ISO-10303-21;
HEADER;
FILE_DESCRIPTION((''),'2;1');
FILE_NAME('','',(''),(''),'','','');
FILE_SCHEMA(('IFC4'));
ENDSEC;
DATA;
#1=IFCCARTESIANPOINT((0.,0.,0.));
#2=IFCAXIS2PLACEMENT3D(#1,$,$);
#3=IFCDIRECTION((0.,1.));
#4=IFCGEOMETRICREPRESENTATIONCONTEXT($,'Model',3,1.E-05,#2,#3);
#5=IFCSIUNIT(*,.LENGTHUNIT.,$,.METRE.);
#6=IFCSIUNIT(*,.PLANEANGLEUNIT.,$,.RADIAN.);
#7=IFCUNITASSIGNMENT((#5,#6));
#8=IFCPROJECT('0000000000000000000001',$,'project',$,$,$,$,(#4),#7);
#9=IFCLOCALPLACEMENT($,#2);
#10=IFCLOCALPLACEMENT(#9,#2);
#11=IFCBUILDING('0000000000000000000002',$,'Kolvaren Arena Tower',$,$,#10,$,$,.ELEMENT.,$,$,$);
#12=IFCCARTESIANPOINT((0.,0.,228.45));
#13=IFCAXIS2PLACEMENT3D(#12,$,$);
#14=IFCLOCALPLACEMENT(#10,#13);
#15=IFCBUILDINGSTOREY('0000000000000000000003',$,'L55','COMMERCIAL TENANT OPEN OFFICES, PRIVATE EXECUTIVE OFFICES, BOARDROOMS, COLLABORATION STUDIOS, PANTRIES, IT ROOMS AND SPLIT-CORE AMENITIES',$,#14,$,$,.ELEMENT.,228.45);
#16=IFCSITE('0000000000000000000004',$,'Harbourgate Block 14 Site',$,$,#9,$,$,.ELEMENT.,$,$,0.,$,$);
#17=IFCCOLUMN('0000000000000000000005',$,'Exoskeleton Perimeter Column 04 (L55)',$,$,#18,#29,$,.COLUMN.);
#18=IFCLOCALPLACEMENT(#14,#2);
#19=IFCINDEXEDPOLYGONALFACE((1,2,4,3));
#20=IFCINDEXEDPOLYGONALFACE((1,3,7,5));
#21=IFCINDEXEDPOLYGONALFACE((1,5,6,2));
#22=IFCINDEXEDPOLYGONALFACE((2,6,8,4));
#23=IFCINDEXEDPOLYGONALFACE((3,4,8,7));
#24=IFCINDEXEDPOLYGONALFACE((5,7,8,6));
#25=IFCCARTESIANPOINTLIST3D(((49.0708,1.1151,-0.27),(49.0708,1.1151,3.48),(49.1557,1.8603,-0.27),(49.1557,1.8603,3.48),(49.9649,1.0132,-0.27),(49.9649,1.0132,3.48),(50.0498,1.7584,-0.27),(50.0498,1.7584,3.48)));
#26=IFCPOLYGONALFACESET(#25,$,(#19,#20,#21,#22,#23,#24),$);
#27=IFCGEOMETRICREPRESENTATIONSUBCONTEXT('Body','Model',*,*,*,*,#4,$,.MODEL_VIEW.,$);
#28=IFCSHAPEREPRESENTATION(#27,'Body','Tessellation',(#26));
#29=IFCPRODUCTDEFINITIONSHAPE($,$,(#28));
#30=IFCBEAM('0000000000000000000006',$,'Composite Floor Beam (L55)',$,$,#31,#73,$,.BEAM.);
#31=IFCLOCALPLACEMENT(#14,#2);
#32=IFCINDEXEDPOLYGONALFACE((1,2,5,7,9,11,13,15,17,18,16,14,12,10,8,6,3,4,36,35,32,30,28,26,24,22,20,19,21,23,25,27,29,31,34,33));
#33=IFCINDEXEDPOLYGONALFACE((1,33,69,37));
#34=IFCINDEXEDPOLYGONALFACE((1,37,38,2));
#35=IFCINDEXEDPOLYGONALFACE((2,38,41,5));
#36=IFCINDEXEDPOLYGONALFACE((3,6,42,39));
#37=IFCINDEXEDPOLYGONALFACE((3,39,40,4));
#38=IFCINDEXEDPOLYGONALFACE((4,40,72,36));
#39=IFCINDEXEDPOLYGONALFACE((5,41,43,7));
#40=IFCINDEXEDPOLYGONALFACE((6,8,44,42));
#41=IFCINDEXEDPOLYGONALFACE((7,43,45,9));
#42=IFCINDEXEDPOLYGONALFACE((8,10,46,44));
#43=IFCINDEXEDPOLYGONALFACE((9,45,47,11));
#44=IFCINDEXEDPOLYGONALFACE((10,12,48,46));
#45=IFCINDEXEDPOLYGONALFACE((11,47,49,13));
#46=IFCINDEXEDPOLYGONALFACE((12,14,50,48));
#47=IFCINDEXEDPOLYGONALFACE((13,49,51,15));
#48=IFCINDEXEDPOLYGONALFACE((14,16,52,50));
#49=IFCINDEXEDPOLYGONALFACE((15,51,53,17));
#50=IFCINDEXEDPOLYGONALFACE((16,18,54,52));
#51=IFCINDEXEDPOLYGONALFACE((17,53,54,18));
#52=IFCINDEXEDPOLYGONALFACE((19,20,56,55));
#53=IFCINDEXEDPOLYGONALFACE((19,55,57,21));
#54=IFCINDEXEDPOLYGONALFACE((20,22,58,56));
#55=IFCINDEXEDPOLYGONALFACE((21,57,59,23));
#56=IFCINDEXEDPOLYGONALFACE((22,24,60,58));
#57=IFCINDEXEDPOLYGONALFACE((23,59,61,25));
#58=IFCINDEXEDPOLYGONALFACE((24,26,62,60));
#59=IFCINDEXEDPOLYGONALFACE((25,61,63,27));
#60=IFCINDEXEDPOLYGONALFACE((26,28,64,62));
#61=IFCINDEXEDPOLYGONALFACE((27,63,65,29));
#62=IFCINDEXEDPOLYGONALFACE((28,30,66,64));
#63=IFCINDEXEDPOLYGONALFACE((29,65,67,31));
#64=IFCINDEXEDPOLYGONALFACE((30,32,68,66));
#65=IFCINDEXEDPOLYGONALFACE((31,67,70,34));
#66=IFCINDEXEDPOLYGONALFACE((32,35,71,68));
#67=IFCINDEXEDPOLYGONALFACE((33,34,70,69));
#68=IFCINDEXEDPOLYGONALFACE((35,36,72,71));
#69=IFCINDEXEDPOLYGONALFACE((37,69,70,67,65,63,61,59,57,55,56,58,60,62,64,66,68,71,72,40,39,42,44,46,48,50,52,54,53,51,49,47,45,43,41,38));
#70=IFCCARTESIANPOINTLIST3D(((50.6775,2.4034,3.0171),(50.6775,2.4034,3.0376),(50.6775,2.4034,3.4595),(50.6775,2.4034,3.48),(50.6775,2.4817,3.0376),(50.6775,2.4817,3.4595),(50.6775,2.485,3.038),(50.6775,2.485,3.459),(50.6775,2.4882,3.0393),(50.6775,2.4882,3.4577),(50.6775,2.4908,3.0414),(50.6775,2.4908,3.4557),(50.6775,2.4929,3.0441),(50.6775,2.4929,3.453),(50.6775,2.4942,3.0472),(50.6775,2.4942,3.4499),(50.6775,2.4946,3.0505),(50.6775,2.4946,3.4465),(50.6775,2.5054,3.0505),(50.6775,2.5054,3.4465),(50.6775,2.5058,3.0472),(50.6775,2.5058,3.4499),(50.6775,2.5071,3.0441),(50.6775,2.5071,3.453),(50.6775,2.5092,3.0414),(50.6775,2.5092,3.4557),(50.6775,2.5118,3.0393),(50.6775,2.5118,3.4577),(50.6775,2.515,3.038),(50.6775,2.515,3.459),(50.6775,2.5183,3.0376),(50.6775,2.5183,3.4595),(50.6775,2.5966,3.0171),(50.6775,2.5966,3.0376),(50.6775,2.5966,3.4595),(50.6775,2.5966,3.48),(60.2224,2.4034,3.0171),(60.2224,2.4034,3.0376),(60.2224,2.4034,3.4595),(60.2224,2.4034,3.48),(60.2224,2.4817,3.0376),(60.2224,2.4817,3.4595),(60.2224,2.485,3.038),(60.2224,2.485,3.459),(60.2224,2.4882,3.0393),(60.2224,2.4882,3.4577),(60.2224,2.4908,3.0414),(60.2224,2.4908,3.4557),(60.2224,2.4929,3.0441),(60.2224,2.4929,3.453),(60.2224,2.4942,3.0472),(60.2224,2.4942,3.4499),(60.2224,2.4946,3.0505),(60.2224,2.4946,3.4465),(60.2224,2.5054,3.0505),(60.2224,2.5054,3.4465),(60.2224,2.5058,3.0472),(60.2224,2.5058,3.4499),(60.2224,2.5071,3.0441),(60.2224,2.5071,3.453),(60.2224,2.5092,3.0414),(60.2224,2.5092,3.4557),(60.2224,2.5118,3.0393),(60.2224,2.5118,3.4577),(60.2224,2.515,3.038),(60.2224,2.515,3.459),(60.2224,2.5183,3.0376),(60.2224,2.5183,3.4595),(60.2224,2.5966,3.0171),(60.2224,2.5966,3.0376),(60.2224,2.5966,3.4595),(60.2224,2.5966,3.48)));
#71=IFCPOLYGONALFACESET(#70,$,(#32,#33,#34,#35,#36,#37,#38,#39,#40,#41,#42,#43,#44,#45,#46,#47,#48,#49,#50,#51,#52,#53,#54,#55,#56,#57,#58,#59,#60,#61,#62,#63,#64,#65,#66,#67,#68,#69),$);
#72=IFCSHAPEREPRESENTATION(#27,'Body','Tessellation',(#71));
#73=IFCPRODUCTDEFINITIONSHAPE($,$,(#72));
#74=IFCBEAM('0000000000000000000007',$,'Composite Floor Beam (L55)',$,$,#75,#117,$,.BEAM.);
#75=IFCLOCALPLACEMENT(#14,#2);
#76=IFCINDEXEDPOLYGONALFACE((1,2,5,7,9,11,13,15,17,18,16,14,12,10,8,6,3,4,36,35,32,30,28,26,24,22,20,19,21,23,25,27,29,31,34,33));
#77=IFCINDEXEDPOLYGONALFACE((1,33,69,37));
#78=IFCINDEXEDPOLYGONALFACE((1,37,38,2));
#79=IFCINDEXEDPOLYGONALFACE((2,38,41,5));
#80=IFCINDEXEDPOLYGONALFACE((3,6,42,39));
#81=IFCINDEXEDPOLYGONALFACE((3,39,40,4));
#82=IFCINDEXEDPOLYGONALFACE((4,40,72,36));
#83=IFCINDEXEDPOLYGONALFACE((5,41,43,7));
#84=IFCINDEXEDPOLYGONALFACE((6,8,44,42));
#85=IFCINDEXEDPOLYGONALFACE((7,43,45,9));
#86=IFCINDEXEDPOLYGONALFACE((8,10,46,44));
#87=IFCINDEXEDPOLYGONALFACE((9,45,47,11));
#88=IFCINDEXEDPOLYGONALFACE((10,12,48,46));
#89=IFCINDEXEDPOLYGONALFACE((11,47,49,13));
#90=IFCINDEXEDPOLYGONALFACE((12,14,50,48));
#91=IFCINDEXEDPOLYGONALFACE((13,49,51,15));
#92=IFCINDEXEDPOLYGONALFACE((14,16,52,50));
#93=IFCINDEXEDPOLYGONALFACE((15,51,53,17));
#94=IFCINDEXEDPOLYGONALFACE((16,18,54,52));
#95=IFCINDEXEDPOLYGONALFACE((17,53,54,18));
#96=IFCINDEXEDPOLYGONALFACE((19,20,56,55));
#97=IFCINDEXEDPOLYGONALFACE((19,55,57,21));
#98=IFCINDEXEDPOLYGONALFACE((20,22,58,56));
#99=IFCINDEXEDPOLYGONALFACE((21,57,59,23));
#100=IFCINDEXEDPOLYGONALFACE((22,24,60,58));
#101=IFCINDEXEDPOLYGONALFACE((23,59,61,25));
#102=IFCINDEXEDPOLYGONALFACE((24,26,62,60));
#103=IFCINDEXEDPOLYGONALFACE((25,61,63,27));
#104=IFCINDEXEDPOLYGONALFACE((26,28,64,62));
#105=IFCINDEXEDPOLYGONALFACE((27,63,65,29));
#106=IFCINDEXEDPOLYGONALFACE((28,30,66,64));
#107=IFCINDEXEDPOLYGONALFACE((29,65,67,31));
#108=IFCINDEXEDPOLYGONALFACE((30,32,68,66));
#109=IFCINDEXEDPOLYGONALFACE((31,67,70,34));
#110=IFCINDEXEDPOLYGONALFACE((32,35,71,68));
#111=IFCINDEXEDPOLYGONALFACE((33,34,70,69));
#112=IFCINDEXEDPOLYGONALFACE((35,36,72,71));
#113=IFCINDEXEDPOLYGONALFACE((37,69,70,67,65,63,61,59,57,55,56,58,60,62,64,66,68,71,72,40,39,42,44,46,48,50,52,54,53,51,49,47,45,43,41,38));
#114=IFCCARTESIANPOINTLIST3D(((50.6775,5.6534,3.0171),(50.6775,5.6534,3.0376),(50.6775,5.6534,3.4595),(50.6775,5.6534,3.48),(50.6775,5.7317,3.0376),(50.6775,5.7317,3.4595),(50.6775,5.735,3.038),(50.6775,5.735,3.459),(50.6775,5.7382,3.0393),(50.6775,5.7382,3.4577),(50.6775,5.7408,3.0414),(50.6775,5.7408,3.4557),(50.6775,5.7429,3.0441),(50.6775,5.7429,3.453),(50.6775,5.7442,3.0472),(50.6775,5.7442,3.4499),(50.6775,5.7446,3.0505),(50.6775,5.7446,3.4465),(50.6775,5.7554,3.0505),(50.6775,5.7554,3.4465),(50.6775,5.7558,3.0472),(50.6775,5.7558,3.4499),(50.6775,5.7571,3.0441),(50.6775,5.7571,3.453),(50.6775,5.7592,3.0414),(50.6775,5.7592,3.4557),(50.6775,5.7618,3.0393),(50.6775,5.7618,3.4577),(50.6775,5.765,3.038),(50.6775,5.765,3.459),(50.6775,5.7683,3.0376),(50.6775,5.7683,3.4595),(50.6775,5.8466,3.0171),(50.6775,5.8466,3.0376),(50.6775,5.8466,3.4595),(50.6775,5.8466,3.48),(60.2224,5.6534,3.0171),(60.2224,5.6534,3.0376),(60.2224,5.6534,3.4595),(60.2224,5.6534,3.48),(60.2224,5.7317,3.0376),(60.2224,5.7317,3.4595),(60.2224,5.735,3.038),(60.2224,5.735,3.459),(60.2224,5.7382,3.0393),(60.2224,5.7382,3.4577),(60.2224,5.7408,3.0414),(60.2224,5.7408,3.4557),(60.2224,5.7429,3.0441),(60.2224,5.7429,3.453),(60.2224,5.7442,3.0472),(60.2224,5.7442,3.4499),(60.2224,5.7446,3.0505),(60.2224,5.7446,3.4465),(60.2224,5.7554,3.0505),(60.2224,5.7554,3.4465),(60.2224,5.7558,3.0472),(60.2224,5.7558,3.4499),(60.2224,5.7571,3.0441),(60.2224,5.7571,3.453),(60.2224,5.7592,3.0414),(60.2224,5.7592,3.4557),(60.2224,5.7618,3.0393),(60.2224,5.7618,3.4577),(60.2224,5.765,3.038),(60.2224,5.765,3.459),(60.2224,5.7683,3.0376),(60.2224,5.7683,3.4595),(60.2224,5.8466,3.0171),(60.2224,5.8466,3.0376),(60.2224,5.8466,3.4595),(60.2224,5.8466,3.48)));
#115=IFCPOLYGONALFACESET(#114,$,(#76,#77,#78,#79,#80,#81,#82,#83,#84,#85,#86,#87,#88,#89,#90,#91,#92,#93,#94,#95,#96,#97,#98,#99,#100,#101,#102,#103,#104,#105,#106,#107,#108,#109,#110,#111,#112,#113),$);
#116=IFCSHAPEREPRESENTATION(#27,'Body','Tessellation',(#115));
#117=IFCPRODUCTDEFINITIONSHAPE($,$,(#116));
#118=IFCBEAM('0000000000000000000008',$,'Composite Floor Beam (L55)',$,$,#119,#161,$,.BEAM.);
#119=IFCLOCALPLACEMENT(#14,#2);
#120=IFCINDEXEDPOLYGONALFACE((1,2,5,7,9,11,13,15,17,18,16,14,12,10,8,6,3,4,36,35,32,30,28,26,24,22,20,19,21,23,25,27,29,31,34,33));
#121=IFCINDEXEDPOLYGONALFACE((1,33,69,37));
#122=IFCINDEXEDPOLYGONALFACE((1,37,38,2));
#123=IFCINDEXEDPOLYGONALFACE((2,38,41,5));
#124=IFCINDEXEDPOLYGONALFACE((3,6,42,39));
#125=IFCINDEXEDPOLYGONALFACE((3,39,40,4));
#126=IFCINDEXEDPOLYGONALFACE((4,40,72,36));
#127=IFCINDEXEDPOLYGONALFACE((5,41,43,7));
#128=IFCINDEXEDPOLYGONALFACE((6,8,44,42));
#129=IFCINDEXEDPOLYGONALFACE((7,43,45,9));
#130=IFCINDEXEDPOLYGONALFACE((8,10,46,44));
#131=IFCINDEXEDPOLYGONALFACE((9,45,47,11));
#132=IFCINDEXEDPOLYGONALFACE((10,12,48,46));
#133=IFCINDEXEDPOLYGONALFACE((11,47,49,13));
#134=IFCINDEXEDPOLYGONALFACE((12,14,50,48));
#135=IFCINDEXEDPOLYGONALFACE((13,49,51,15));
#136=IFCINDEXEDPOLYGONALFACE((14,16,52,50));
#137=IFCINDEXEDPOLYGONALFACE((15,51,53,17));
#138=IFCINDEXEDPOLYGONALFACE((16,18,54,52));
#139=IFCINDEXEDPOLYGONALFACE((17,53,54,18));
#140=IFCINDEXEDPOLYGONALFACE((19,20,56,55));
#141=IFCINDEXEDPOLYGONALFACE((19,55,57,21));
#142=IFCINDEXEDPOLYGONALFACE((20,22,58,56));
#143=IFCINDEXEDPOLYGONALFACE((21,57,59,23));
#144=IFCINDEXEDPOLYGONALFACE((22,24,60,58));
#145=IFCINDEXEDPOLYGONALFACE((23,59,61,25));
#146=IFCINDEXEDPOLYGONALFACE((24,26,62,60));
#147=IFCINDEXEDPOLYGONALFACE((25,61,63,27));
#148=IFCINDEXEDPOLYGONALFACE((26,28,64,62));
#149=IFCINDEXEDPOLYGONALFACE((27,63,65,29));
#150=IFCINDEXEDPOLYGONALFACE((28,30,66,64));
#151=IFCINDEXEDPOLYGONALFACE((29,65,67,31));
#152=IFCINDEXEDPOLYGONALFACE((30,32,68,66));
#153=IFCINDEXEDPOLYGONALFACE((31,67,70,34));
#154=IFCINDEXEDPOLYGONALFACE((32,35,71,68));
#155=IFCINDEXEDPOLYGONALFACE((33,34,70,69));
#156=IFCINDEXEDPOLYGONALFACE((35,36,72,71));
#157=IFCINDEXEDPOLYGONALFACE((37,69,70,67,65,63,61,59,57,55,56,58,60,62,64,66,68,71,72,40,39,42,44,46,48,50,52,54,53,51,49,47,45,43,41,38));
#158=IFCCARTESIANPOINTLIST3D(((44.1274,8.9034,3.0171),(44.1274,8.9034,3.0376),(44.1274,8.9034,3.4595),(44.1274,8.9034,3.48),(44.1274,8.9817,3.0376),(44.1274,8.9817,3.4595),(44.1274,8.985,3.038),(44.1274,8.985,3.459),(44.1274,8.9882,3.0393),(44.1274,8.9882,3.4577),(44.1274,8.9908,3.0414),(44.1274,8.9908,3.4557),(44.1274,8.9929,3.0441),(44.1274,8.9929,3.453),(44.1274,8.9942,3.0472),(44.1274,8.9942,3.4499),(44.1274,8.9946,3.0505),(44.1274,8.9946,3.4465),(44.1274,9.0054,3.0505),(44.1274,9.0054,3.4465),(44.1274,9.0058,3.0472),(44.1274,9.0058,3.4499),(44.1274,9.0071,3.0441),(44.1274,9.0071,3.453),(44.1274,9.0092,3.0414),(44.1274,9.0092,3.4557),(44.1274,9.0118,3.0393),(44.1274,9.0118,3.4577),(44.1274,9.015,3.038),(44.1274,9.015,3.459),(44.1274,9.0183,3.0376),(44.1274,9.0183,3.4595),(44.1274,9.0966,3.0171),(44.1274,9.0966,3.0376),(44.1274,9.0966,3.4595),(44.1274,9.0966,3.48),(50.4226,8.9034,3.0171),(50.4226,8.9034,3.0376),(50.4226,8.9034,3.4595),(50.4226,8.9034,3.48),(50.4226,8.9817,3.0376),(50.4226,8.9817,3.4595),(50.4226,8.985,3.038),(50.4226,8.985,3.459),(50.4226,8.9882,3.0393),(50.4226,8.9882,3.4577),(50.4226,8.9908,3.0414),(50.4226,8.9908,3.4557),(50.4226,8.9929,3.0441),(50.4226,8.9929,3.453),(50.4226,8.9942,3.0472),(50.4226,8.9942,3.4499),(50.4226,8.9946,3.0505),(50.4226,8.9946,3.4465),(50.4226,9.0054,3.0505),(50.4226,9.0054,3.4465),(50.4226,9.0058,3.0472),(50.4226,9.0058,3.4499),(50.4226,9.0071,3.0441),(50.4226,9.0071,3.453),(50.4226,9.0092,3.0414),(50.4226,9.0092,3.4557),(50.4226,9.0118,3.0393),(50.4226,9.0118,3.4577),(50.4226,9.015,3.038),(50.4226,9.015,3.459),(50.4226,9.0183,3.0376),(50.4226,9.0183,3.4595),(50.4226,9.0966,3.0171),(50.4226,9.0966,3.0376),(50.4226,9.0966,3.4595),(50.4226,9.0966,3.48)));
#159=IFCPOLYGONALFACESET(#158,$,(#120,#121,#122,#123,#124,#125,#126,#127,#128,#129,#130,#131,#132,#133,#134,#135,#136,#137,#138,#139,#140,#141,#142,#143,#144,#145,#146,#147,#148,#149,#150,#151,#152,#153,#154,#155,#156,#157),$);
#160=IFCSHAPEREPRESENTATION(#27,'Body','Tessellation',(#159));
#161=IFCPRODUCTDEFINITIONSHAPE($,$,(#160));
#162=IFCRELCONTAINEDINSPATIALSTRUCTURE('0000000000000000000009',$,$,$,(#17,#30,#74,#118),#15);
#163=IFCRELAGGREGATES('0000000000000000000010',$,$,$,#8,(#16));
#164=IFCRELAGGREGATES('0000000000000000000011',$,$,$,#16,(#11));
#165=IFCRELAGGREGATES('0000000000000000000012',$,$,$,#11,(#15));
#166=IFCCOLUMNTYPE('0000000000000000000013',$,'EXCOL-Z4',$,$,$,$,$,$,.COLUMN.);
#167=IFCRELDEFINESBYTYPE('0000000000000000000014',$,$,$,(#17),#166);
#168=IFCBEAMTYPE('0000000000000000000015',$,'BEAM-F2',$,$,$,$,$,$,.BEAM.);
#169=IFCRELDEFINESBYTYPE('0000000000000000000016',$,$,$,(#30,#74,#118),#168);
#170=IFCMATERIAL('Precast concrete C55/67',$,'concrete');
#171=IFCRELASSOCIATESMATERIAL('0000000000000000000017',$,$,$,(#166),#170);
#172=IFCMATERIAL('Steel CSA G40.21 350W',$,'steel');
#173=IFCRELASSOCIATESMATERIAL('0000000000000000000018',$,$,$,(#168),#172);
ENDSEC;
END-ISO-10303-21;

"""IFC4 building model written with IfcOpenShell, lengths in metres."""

from ifc_helpers import new_model, si_unit, direction, frame, origin, origin_2d, place, context, subcontext, project, spatial, rectangle, i_section, extrude, material, material_profile, profile_set, type_object, element, save


model = new_model("IFC4")

# Units and contexts
model_context = context("Model", 3, precision=1e-05, world=origin(), true_north=direction((0.0, 1.0)))
body_context = subcontext(model_context, "Body", "Model", "MODEL_VIEW")
ifc_project = project(units=[si_unit("LENGTHUNIT", "METRE"), si_unit("PLANEANGLEUNIT", "RADIAN")], contexts=[model_context])

# Site, building, storey
site_placement = place(None, origin())
site = spatial("IfcSite", under=ifc_project, at=site_placement, Name="Harbourgate Block 14 Site", CompositionType="ELEMENT", RefElevation=0.0)
building_placement = place(site_placement, origin())
building = spatial("IfcBuilding", under=site, at=building_placement, Name="Kolvaren Arena Tower", CompositionType="ELEMENT")
storey_placement = place(building_placement, frame((0.0, 0.0, 228.45)))
storey = spatial("IfcBuildingStorey", under=building, at=storey_placement, Name="L55", Description="COMMERCIAL TENANT OPEN OFFICES, PRIVATE EXECUTIVE OFFICES, BOARDROOMS, COLLABORATION STUDIOS, PANTRIES, IT ROOMS AND SPLIT-CORE AMENITIES", CompositionType="ELEMENT", Elevation=228.45)

# Column
ifc_material_1 = material(Name="Precast concrete C55/67", Category="concrete")
ifc_material_profile_1 = material_profile(ifc_material_1, rectangle(XDim=0.8999, YDim=0.75, at=origin_2d()), Name="RC-900x750")
ifc_profile_set_1 = profile_set([ifc_material_profile_1], Name="Precast concrete C55/67")
column_type = type_object("IfcColumnType", Name="EXCOL-Z4", PredefinedType="COLUMN", material=ifc_profile_set_1)
column_placement = place(storey_placement, frame((49.5603, 1.4368, -0.27), z_axis=(0.0, 0.0, 1.0), x_axis=(0.993572, -0.113203, 0.0)))
element("IfcColumn", 1, at=column_placement, inside=storey, type_object=column_type, Name="Exoskeleton Perimeter Column 04 (L55)", PredefinedType="COLUMN", context=body_context, shape_type="SweptSolid", body=[
    extrude(rectangle(XDim=0.8999, YDim=0.75, at=origin_2d()), origin(), (0.0, 0.0, 1.0), 3.75),
])

# Beams
ifc_material_2 = material(Name="Steel CSA G40.21 350W", Category="steel")
ifc_material_profile_2 = material_profile(ifc_material_2, i_section(OverallWidth=0.1931, OverallDepth=0.4629, WebThickness=0.0107, FlangeThickness=0.0205, FilletRadius=0.0129, at=origin_2d()), Name="W460x113")
ifc_profile_set_2 = profile_set([ifc_material_profile_2], Name="Steel CSA G40.21 350W")
beam_type_1 = type_object("IfcBeamType", Name="BEAM-F2", PredefinedType="BEAM", material=ifc_profile_set_2)
for number, where, z_axis, x_axis, name in (
    (2, (50.6775, 2.5, 3.2485), (1.0, 0.0, 0.0), (0.0, 1.0, 0.0), "Composite Floor Beam (L55)"),
    (3, (50.6775, 5.75, 3.2485), (1.0, 0.0, 0.0), (0.0, 1.0, 0.0), "Composite Floor Beam (L55)"),
):
    element("IfcBeam", number, at=place(storey_placement, frame(where, z_axis=z_axis, x_axis=x_axis)), inside=storey, type_object=beam_type_1, Name=name, PredefinedType="BEAM", context=body_context, shape_type="SweptSolid", body=[
        extrude(i_section(OverallWidth=0.1931, OverallDepth=0.4629, WebThickness=0.0107, FlangeThickness=0.0205, FilletRadius=0.0129, at=origin_2d()), origin(), (0.0, 0.0, 1.0), 9.5449),
    ])
beam_1_placement = place(storey_placement, frame((44.1274, 9.0, 3.2485), z_axis=(1.0, 0.0, 0.0), x_axis=(0.0, 1.0, 0.0)))
element("IfcBeam", 4, at=beam_1_placement, inside=storey, type_object=beam_type_1, Name="Composite Floor Beam (L55)", PredefinedType="BEAM", context=body_context, shape_type="SweptSolid", body=[
    extrude(i_section(OverallWidth=0.1931, OverallDepth=0.4629, WebThickness=0.0107, FlangeThickness=0.0205, FilletRadius=0.0129, at=origin_2d()), origin(), (0.0, 0.0, 1.0), 6.2952),
])

save(model, "model.ifc")
